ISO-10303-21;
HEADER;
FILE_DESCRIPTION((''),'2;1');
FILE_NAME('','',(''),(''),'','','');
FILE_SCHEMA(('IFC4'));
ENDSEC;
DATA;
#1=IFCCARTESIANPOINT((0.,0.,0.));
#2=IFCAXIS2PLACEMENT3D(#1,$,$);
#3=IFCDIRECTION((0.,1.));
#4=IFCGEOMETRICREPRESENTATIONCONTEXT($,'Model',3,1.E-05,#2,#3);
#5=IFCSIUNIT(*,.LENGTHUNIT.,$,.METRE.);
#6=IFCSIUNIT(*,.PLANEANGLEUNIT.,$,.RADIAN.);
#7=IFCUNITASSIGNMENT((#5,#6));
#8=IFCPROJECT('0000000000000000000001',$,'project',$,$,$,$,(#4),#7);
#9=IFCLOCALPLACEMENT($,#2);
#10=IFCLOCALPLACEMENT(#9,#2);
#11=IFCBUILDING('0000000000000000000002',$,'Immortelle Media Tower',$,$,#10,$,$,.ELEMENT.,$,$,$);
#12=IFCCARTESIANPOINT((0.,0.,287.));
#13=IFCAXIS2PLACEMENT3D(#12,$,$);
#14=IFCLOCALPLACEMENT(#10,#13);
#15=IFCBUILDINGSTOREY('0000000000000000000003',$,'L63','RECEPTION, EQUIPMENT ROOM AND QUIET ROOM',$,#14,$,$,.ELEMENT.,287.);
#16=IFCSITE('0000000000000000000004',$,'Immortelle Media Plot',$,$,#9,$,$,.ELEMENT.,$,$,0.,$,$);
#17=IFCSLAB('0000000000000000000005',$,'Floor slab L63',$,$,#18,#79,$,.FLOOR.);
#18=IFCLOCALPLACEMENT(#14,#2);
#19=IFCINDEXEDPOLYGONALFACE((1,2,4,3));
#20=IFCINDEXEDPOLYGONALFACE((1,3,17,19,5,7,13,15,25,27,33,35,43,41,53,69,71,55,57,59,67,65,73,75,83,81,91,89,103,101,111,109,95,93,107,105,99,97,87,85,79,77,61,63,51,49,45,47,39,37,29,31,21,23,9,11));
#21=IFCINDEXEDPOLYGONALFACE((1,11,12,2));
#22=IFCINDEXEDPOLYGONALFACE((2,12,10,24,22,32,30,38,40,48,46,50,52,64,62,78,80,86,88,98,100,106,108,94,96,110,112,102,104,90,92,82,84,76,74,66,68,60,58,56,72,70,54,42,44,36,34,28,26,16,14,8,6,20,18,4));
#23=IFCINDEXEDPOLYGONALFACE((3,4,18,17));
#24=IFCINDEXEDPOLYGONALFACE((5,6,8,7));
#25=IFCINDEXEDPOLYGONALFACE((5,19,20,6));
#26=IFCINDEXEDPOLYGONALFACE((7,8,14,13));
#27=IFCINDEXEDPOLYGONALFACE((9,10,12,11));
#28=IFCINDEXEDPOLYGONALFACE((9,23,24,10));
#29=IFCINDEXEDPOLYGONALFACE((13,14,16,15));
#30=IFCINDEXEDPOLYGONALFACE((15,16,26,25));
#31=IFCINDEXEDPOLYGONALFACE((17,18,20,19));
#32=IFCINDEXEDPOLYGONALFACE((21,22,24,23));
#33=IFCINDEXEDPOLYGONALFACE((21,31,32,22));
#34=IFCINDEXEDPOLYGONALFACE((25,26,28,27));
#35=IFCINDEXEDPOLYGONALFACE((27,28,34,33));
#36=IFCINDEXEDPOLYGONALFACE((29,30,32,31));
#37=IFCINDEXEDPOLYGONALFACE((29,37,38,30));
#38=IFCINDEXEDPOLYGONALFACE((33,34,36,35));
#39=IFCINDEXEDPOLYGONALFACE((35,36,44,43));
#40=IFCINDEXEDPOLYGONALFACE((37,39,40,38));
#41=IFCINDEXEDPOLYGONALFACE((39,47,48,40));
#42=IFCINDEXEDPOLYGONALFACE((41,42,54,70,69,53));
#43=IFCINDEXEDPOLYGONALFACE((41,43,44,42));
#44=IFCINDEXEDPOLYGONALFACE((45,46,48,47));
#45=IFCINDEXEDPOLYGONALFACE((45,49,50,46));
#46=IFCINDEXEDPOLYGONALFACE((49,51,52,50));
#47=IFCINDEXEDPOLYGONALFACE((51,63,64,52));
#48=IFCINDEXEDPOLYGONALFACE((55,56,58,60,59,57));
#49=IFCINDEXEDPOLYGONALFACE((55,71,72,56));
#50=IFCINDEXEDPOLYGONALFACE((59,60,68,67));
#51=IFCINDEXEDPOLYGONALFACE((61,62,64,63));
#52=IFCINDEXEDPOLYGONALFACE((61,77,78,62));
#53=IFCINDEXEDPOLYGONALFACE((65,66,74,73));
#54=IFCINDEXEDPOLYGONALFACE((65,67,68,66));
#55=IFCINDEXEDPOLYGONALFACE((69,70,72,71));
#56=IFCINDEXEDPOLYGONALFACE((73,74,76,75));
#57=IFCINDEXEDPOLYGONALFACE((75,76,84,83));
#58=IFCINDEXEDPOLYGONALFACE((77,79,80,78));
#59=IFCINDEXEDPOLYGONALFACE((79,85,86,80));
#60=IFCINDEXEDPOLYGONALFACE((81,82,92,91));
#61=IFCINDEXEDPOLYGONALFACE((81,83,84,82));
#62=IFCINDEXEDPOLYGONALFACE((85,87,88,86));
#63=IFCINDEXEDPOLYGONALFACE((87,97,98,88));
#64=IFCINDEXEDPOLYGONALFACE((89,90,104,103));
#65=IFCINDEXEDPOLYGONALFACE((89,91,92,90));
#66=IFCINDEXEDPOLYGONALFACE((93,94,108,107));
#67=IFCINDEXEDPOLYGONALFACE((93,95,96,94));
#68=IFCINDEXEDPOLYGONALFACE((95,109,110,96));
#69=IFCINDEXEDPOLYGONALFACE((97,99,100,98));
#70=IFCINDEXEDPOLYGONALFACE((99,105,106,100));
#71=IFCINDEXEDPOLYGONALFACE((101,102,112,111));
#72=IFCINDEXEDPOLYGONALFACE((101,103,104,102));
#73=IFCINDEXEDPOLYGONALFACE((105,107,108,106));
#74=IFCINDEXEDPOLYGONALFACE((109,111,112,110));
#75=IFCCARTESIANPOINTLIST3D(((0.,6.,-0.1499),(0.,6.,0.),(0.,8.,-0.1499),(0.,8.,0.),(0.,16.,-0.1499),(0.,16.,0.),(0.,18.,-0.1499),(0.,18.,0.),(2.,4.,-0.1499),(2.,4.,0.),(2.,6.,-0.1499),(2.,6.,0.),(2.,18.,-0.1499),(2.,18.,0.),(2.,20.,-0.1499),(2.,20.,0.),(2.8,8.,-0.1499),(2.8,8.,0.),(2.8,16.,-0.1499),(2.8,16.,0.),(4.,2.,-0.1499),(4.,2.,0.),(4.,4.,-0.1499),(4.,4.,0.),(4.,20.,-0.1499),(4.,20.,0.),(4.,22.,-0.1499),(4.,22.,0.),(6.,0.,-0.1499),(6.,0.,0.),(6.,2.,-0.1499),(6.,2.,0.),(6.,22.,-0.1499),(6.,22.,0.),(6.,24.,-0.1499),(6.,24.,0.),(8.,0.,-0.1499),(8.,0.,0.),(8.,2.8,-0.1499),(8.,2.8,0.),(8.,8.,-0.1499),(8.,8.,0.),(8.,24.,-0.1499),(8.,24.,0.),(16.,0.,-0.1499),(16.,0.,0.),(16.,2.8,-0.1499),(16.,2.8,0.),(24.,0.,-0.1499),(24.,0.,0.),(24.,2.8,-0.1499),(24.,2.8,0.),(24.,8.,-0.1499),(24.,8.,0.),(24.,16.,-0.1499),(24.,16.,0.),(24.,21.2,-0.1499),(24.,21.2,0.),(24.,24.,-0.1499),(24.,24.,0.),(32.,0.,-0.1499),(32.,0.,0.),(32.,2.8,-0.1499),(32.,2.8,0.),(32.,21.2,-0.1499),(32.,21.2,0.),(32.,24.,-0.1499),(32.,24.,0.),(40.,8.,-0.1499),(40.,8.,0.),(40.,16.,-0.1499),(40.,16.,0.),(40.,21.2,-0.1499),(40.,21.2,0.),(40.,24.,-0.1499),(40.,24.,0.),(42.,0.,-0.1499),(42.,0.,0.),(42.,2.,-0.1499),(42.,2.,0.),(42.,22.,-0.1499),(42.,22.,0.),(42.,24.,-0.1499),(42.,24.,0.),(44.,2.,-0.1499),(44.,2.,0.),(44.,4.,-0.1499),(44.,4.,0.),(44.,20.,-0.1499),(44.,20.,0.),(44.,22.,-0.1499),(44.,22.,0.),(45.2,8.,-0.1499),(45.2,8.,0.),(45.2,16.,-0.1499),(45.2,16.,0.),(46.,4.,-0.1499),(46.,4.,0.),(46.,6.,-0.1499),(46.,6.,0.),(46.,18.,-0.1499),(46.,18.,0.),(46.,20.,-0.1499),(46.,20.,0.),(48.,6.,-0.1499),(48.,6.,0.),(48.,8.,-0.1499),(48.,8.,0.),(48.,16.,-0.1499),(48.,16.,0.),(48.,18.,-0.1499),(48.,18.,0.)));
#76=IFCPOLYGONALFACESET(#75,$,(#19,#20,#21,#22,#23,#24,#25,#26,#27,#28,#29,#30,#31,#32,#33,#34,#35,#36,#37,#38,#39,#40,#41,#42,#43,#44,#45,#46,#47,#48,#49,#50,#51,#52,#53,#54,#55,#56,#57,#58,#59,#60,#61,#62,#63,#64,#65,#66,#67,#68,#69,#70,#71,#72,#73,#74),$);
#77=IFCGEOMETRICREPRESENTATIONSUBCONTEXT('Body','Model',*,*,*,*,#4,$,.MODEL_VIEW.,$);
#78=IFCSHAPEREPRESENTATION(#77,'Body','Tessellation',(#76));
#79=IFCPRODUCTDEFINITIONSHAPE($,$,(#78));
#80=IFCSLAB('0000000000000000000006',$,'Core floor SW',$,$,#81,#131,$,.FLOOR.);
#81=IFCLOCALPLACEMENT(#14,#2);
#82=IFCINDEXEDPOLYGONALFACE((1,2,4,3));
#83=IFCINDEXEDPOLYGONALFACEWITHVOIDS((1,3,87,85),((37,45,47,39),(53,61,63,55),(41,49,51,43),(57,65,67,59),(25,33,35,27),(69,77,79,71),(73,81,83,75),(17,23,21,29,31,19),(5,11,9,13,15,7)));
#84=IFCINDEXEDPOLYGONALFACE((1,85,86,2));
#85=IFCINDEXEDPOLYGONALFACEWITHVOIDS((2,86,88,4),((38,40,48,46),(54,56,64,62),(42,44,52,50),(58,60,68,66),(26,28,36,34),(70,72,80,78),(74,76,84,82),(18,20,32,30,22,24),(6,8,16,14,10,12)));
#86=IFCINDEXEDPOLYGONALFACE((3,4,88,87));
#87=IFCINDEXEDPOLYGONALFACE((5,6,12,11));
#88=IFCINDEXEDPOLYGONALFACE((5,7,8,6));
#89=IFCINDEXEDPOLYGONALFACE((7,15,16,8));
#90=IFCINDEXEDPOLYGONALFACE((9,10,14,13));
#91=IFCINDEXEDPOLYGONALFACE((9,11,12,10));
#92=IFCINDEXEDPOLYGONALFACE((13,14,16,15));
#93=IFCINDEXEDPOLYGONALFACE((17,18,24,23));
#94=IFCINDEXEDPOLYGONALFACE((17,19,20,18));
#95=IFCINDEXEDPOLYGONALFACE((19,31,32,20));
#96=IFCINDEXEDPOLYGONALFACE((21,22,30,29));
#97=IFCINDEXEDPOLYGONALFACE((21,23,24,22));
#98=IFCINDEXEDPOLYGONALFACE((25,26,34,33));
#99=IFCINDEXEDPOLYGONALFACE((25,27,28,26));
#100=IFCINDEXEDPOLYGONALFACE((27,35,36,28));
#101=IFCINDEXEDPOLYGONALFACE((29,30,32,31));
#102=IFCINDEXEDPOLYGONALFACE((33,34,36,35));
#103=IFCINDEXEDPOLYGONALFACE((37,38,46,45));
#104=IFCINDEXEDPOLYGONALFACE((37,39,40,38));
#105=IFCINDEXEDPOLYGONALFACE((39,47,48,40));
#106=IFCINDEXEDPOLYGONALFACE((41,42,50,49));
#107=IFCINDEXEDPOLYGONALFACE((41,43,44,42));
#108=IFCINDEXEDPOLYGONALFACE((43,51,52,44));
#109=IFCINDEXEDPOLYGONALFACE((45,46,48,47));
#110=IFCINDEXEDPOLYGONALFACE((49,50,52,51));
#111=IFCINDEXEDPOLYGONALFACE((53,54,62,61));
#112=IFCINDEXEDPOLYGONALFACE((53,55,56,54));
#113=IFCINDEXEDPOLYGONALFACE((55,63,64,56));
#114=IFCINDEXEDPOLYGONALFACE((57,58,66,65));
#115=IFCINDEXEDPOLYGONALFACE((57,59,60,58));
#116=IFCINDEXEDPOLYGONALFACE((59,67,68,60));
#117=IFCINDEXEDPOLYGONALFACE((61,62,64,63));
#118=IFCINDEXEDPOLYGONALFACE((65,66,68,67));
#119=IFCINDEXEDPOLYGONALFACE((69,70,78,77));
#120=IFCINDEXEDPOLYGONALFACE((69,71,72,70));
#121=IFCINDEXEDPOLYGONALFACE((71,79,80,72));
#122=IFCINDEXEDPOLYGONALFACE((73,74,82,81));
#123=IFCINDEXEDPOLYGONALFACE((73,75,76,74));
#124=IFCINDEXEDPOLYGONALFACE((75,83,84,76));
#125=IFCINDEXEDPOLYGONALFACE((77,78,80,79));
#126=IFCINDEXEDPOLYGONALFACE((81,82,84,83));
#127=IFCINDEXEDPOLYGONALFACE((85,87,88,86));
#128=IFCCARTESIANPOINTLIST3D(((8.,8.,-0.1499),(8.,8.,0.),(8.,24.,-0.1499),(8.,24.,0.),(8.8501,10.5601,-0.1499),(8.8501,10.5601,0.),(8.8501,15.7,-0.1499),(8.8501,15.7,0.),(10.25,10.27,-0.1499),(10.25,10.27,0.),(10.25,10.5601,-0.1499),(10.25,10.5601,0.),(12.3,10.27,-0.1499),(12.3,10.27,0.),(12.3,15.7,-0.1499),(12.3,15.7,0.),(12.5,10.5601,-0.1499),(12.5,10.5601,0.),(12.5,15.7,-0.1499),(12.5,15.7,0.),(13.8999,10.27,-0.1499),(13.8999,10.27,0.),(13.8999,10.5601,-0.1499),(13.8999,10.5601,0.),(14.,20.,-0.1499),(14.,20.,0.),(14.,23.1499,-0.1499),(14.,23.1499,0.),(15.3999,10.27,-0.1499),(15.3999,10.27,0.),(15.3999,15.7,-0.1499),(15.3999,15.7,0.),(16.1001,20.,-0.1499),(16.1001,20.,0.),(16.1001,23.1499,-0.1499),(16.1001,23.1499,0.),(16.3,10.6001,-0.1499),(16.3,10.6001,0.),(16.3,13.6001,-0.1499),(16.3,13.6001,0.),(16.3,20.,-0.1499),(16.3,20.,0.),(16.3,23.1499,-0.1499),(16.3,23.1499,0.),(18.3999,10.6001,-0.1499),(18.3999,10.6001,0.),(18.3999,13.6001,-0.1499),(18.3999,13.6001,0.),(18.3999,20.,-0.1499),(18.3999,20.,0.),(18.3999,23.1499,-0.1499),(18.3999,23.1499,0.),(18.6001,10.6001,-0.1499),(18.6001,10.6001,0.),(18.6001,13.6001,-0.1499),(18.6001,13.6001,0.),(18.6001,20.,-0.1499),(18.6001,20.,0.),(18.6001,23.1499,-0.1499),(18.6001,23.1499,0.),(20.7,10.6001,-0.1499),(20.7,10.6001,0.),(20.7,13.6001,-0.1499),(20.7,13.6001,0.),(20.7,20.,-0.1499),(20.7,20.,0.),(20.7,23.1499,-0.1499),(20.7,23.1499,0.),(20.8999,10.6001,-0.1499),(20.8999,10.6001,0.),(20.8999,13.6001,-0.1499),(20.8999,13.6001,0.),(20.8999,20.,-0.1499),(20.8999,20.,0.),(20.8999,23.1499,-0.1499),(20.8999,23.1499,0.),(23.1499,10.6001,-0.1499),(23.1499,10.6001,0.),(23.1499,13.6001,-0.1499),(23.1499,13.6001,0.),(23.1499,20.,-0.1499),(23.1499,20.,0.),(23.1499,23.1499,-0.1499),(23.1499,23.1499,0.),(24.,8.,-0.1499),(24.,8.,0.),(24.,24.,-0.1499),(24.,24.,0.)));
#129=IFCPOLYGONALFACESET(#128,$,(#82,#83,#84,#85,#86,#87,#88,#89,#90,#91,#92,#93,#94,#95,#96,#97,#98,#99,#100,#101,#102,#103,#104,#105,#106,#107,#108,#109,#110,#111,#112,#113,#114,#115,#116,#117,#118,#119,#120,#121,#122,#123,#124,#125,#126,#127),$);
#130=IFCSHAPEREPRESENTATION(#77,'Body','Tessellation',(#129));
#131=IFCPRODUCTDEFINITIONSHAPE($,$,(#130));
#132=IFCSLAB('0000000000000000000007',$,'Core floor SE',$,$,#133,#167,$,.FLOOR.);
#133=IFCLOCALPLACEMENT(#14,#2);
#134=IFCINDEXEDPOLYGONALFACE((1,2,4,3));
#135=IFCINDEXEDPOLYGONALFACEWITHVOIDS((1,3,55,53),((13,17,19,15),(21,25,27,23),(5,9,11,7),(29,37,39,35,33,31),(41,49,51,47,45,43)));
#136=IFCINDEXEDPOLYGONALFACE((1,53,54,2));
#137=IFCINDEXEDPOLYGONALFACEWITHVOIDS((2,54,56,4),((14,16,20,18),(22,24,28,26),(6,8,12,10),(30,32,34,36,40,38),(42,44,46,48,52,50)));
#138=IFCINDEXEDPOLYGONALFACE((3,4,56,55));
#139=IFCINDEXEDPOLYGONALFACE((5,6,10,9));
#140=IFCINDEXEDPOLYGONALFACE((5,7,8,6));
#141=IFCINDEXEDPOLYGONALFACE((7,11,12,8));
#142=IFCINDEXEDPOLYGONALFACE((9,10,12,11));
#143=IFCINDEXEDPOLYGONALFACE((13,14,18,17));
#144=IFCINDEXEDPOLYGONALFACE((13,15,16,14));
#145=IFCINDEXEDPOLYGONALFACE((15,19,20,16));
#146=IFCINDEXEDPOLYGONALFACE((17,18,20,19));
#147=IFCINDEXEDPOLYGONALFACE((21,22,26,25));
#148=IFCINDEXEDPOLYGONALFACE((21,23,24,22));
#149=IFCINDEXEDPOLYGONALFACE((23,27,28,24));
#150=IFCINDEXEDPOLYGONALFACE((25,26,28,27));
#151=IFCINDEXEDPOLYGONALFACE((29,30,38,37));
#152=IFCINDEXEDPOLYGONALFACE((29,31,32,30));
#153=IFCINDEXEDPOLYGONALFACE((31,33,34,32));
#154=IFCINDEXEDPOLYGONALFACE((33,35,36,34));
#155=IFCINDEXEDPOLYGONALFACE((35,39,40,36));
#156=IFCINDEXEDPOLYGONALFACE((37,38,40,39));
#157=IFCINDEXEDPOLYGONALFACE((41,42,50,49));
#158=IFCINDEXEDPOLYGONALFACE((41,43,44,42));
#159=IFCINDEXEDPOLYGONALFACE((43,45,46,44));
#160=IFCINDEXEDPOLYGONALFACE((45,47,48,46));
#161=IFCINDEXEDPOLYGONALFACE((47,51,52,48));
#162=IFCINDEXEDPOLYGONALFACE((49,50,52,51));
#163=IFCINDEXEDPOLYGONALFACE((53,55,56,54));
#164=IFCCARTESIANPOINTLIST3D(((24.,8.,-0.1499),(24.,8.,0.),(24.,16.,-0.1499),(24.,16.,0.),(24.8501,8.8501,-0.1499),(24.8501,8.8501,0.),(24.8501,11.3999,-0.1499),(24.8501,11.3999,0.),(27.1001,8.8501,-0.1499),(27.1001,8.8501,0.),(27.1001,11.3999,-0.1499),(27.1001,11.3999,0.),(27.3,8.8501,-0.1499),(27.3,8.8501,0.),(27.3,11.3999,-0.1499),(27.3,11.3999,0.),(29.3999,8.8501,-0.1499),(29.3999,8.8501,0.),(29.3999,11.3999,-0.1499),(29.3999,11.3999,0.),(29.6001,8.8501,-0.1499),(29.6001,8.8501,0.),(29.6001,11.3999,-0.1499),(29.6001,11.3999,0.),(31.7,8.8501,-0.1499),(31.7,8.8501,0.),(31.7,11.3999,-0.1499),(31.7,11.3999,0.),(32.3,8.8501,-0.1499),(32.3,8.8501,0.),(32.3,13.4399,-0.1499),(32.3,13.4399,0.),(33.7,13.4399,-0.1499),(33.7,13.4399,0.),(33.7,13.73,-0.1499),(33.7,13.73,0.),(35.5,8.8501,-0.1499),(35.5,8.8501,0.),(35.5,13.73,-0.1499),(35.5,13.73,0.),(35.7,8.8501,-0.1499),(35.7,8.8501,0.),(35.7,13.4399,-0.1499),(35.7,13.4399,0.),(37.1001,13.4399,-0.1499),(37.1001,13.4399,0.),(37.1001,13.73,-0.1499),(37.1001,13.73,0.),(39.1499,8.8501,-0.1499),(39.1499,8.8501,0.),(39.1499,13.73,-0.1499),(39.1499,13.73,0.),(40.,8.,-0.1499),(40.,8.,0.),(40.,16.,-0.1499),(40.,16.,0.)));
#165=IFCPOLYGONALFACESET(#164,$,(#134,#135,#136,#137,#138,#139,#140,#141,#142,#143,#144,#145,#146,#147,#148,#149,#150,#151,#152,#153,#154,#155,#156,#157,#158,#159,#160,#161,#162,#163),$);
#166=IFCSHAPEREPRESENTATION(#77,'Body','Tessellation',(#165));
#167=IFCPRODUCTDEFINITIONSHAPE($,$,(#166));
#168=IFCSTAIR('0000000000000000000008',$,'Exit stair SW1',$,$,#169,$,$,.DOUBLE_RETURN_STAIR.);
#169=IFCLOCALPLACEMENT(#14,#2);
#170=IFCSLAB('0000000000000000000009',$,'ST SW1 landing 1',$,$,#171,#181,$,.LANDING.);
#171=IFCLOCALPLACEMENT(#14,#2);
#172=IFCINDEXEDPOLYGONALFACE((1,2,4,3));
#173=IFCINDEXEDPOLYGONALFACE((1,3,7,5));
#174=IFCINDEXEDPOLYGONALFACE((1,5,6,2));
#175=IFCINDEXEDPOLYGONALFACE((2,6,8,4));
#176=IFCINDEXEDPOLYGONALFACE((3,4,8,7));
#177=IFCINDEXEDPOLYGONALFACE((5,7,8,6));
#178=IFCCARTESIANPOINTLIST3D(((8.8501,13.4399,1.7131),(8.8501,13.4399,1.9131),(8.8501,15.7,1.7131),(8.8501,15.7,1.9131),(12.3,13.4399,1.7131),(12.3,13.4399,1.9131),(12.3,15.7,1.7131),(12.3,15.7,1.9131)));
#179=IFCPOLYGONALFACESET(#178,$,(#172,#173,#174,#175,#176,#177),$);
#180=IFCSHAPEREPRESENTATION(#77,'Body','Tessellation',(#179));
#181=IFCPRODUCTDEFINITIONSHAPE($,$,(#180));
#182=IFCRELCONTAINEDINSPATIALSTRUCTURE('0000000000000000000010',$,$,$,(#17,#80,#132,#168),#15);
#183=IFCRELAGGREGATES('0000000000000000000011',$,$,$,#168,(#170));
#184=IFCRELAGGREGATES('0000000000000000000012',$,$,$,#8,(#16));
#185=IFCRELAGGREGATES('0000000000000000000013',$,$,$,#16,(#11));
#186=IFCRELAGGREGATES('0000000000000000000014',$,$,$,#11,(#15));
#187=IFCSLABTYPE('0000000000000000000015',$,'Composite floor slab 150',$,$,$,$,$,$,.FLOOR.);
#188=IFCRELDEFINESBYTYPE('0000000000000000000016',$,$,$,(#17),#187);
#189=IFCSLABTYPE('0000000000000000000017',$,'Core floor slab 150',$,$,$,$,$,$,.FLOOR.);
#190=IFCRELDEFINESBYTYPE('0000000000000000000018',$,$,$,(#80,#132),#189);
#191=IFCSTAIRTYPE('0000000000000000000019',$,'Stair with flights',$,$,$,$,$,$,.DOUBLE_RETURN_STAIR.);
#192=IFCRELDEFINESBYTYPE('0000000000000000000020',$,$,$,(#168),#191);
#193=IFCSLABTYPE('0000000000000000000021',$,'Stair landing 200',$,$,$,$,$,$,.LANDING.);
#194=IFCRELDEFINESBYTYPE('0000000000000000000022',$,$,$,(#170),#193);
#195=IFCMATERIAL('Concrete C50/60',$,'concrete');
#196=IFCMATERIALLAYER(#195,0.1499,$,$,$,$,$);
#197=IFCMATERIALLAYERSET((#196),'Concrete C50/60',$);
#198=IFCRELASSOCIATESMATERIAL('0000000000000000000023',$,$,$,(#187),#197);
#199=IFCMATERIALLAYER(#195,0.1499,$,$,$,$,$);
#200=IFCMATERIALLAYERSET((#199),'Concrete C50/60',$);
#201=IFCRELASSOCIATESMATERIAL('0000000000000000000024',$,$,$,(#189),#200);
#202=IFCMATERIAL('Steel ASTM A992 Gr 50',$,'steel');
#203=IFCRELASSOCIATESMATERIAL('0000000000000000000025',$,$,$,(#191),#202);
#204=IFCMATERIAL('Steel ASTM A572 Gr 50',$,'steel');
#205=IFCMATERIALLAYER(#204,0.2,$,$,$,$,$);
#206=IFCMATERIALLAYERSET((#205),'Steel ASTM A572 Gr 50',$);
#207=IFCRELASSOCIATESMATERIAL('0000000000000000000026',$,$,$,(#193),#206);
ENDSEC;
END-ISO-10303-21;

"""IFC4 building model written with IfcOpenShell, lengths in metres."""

from ifc_helpers import new_model, si_unit, direction, frame, origin, place, context, subcontext, project, spatial, polyline, outline, extrude, material, layer, layer_set, type_object, element, aggregate, save


model = new_model("IFC4")

# Units and contexts
model_context = context("Model", 3, precision=1e-05, world=origin(), true_north=direction((0.0, 1.0)))
body_context = subcontext(model_context, "Body", "Model", "MODEL_VIEW")
ifc_project = project(units=[si_unit("LENGTHUNIT", "METRE"), si_unit("PLANEANGLEUNIT", "RADIAN")], contexts=[model_context])

# Site, building, storey
site_placement = place(None, origin())
site = spatial("IfcSite", under=ifc_project, at=site_placement, Name="Immortelle Media Plot", CompositionType="ELEMENT", RefElevation=0.0)
building_placement = place(site_placement, origin())
building = spatial("IfcBuilding", under=site, at=building_placement, Name="Immortelle Media Tower", CompositionType="ELEMENT")
storey_placement = place(building_placement, frame((0.0, 0.0, 287.0)))
storey = spatial("IfcBuildingStorey", under=building, at=storey_placement, Name="L63", Description="RECEPTION, EQUIPMENT ROOM AND QUIET ROOM", CompositionType="ELEMENT", Elevation=287.0)

# Shared definitions
ifc_material_1 = material(Name="Steel ASTM A992 Gr 50", Category="steel")

# Slabs
ifc_material_2 = material(Name="Concrete C50/60", Category="concrete")
ifc_layer_1 = layer(ifc_material_2, 0.1499)
ifc_layer_set_1 = layer_set([ifc_layer_1], Name="Concrete C50/60")
slab_type_1 = type_object("IfcSlabType", Name="Composite floor slab 150", PredefinedType="FLOOR", material=ifc_layer_set_1)
slab_1_placement = place(storey_placement, frame((0.0, 0.0, -0.1499)))
element("IfcSlab", 1, at=slab_1_placement, inside=storey, type_object=slab_type_1, Name="Floor slab L63", PredefinedType="FLOOR", context=body_context, shape_type="SweptSolid", body=[
    extrude(outline(polyline([(6.0, 0.0), (6.0, 2.0), (4.0, 2.0), (4.0, 4.0), (2.0, 4.0), (2.0, 6.0), (0.0, 6.0), (0.0, 8.0), (2.8, 8.0), (2.8, 16.0), (0.0, 16.0), (0.0, 18.0), (2.0, 18.0), (2.0, 20.0), (4.0, 20.0), (4.0, 22.0), (6.0, 22.0), (6.0, 24.0), (8.0, 24.0), (8.0, 8.0), (24.0, 8.0), (40.0, 8.0), (40.0, 16.0), (24.0, 16.0), (24.0, 21.2), (24.0, 24.0), (32.0, 24.0), (32.0, 21.2), (40.0, 21.2), (40.0, 24.0), (42.0, 24.0), (42.0, 22.0), (44.0, 22.0), (44.0, 20.0), (46.0, 20.0), (46.0, 18.0), (48.0, 18.0), (48.0, 16.0), (45.2, 16.0), (45.2, 8.0), (48.0, 8.0), (48.0, 6.0), (46.0, 6.0), (46.0, 4.0), (44.0, 4.0), (44.0, 2.0), (42.0, 2.0), (42.0, 0.0), (32.0, 0.0), (32.0, 2.8), (24.0, 2.8), (24.0, 0.0), (16.0, 0.0), (16.0, 2.8), (8.0, 2.8), (8.0, 0.0), (6.0, 0.0)])), origin(), (0.0, 0.0, 1.0), 0.1499),
])
ifc_layer_2 = layer(ifc_material_2, 0.1499)
ifc_layer_set_2 = layer_set([ifc_layer_2], Name="Concrete C50/60")
slab_type_2 = type_object("IfcSlabType", Name="Core floor slab 150", PredefinedType="FLOOR", material=ifc_layer_set_2)
slab_2_placement = place(storey_placement, frame((0.0, 0.0, -0.1499)))
element("IfcSlab", 2, at=slab_2_placement, inside=storey, type_object=slab_type_2, Name="Core floor SW", PredefinedType="FLOOR", context=body_context, shape_type="SweptSolid", body=[
    extrude(outline(polyline([(8.0, 8.0), (24.0, 8.0), (24.0, 24.0), (8.0, 24.0), (8.0, 8.0)]), holes=[polyline([(14.0, 20.0), (16.1001, 20.0), (16.1001, 23.1499), (14.0, 23.1499), (14.0, 20.0)]), polyline([(16.3, 20.0), (18.3999, 20.0), (18.3999, 23.1499), (16.3, 23.1499), (16.3, 20.0)]), polyline([(18.6001, 20.0), (20.7, 20.0), (20.7, 23.1499), (18.6001, 23.1499), (18.6001, 20.0)]), polyline([(20.8999, 20.0), (23.1499, 20.0), (23.1499, 23.1499), (20.8999, 23.1499), (20.8999, 20.0)]), polyline([(16.3, 10.6001), (18.3999, 10.6001), (18.3999, 13.6001), (16.3, 13.6001), (16.3, 10.6001)]), polyline([(18.6001, 10.6001), (20.7, 10.6001), (20.7, 13.6001), (18.6001, 13.6001), (18.6001, 10.6001)]), polyline([(20.8999, 10.6001), (23.1499, 10.6001), (23.1499, 13.6001), (20.8999, 13.6001), (20.8999, 10.6001)]), polyline([(8.8501, 15.7), (12.3, 15.7), (12.3, 10.27), (10.25, 10.27), (10.25, 10.5601), (8.8501, 10.5601), (8.8501, 15.7)]), polyline([(12.5, 15.7), (15.3999, 15.7), (15.3999, 10.27), (13.8999, 10.27), (13.8999, 10.5601), (12.5, 10.5601), (12.5, 15.7)])]), origin(), (0.0, 0.0, 1.0), 0.1499),
])
slab_3_placement = place(storey_placement, frame((0.0, 0.0, -0.1499)))
element("IfcSlab", 3, at=slab_3_placement, inside=storey, type_object=slab_type_2, Name="Core floor SE", PredefinedType="FLOOR", context=body_context, shape_type="SweptSolid", body=[
    extrude(outline(polyline([(24.0, 8.0), (40.0, 8.0), (40.0, 16.0), (24.0, 16.0), (24.0, 8.0)]), holes=[polyline([(24.8501, 8.8501), (27.1001, 8.8501), (27.1001, 11.3999), (24.8501, 11.3999), (24.8501, 8.8501)]), polyline([(27.3, 8.8501), (29.3999, 8.8501), (29.3999, 11.3999), (27.3, 11.3999), (27.3, 8.8501)]), polyline([(29.6001, 8.8501), (31.7, 8.8501), (31.7, 11.3999), (29.6001, 11.3999), (29.6001, 8.8501)]), polyline([(35.5, 13.73), (35.5, 8.8501), (32.3, 8.8501), (32.3, 13.4399), (33.7, 13.4399), (33.7, 13.73), (35.5, 13.73)]), polyline([(39.1499, 13.73), (39.1499, 8.8501), (35.7, 8.8501), (35.7, 13.4399), (37.1001, 13.4399), (37.1001, 13.73), (39.1499, 13.73)])]), origin(), (0.0, 0.0, 1.0), 0.1499),
])

# Stair, slab
stair_type = type_object("IfcStairType", Name="Stair with flights", PredefinedType="DOUBLE_RETURN_STAIR", material=ifc_material_1)
stair_1_placement = place(storey_placement, origin())
stair_1 = element("IfcStair", 4, at=stair_1_placement, inside=storey, type_object=stair_type, Name="Exit stair SW1", PredefinedType="DOUBLE_RETURN_STAIR")
ifc_material_3 = material(Name="Steel ASTM A572 Gr 50", Category="steel")
ifc_layer_3 = layer(ifc_material_3, 0.2)
ifc_layer_set_3 = layer_set([ifc_layer_3], Name="Steel ASTM A572 Gr 50")
slab_type_3 = type_object("IfcSlabType", Name="Stair landing 200", PredefinedType="LANDING", material=ifc_layer_set_3)
slab_4_placement = place(storey_placement, frame((0.0, 0.0, 1.7131)))
slab_4 = element("IfcSlab", 5, at=slab_4_placement, type_object=slab_type_3, Name="ST SW1 landing 1", PredefinedType="LANDING", context=body_context, shape_type="SweptSolid", body=[
    extrude(outline(polyline([(8.8501, 13.4399), (12.3, 13.4399), (12.3, 15.7), (8.8501, 15.7), (8.8501, 13.4399)])), origin(), (0.0, 0.0, 1.0), 0.2),
])
aggregate(stair_1, [slab_4])

save(model, "model.ifc")
